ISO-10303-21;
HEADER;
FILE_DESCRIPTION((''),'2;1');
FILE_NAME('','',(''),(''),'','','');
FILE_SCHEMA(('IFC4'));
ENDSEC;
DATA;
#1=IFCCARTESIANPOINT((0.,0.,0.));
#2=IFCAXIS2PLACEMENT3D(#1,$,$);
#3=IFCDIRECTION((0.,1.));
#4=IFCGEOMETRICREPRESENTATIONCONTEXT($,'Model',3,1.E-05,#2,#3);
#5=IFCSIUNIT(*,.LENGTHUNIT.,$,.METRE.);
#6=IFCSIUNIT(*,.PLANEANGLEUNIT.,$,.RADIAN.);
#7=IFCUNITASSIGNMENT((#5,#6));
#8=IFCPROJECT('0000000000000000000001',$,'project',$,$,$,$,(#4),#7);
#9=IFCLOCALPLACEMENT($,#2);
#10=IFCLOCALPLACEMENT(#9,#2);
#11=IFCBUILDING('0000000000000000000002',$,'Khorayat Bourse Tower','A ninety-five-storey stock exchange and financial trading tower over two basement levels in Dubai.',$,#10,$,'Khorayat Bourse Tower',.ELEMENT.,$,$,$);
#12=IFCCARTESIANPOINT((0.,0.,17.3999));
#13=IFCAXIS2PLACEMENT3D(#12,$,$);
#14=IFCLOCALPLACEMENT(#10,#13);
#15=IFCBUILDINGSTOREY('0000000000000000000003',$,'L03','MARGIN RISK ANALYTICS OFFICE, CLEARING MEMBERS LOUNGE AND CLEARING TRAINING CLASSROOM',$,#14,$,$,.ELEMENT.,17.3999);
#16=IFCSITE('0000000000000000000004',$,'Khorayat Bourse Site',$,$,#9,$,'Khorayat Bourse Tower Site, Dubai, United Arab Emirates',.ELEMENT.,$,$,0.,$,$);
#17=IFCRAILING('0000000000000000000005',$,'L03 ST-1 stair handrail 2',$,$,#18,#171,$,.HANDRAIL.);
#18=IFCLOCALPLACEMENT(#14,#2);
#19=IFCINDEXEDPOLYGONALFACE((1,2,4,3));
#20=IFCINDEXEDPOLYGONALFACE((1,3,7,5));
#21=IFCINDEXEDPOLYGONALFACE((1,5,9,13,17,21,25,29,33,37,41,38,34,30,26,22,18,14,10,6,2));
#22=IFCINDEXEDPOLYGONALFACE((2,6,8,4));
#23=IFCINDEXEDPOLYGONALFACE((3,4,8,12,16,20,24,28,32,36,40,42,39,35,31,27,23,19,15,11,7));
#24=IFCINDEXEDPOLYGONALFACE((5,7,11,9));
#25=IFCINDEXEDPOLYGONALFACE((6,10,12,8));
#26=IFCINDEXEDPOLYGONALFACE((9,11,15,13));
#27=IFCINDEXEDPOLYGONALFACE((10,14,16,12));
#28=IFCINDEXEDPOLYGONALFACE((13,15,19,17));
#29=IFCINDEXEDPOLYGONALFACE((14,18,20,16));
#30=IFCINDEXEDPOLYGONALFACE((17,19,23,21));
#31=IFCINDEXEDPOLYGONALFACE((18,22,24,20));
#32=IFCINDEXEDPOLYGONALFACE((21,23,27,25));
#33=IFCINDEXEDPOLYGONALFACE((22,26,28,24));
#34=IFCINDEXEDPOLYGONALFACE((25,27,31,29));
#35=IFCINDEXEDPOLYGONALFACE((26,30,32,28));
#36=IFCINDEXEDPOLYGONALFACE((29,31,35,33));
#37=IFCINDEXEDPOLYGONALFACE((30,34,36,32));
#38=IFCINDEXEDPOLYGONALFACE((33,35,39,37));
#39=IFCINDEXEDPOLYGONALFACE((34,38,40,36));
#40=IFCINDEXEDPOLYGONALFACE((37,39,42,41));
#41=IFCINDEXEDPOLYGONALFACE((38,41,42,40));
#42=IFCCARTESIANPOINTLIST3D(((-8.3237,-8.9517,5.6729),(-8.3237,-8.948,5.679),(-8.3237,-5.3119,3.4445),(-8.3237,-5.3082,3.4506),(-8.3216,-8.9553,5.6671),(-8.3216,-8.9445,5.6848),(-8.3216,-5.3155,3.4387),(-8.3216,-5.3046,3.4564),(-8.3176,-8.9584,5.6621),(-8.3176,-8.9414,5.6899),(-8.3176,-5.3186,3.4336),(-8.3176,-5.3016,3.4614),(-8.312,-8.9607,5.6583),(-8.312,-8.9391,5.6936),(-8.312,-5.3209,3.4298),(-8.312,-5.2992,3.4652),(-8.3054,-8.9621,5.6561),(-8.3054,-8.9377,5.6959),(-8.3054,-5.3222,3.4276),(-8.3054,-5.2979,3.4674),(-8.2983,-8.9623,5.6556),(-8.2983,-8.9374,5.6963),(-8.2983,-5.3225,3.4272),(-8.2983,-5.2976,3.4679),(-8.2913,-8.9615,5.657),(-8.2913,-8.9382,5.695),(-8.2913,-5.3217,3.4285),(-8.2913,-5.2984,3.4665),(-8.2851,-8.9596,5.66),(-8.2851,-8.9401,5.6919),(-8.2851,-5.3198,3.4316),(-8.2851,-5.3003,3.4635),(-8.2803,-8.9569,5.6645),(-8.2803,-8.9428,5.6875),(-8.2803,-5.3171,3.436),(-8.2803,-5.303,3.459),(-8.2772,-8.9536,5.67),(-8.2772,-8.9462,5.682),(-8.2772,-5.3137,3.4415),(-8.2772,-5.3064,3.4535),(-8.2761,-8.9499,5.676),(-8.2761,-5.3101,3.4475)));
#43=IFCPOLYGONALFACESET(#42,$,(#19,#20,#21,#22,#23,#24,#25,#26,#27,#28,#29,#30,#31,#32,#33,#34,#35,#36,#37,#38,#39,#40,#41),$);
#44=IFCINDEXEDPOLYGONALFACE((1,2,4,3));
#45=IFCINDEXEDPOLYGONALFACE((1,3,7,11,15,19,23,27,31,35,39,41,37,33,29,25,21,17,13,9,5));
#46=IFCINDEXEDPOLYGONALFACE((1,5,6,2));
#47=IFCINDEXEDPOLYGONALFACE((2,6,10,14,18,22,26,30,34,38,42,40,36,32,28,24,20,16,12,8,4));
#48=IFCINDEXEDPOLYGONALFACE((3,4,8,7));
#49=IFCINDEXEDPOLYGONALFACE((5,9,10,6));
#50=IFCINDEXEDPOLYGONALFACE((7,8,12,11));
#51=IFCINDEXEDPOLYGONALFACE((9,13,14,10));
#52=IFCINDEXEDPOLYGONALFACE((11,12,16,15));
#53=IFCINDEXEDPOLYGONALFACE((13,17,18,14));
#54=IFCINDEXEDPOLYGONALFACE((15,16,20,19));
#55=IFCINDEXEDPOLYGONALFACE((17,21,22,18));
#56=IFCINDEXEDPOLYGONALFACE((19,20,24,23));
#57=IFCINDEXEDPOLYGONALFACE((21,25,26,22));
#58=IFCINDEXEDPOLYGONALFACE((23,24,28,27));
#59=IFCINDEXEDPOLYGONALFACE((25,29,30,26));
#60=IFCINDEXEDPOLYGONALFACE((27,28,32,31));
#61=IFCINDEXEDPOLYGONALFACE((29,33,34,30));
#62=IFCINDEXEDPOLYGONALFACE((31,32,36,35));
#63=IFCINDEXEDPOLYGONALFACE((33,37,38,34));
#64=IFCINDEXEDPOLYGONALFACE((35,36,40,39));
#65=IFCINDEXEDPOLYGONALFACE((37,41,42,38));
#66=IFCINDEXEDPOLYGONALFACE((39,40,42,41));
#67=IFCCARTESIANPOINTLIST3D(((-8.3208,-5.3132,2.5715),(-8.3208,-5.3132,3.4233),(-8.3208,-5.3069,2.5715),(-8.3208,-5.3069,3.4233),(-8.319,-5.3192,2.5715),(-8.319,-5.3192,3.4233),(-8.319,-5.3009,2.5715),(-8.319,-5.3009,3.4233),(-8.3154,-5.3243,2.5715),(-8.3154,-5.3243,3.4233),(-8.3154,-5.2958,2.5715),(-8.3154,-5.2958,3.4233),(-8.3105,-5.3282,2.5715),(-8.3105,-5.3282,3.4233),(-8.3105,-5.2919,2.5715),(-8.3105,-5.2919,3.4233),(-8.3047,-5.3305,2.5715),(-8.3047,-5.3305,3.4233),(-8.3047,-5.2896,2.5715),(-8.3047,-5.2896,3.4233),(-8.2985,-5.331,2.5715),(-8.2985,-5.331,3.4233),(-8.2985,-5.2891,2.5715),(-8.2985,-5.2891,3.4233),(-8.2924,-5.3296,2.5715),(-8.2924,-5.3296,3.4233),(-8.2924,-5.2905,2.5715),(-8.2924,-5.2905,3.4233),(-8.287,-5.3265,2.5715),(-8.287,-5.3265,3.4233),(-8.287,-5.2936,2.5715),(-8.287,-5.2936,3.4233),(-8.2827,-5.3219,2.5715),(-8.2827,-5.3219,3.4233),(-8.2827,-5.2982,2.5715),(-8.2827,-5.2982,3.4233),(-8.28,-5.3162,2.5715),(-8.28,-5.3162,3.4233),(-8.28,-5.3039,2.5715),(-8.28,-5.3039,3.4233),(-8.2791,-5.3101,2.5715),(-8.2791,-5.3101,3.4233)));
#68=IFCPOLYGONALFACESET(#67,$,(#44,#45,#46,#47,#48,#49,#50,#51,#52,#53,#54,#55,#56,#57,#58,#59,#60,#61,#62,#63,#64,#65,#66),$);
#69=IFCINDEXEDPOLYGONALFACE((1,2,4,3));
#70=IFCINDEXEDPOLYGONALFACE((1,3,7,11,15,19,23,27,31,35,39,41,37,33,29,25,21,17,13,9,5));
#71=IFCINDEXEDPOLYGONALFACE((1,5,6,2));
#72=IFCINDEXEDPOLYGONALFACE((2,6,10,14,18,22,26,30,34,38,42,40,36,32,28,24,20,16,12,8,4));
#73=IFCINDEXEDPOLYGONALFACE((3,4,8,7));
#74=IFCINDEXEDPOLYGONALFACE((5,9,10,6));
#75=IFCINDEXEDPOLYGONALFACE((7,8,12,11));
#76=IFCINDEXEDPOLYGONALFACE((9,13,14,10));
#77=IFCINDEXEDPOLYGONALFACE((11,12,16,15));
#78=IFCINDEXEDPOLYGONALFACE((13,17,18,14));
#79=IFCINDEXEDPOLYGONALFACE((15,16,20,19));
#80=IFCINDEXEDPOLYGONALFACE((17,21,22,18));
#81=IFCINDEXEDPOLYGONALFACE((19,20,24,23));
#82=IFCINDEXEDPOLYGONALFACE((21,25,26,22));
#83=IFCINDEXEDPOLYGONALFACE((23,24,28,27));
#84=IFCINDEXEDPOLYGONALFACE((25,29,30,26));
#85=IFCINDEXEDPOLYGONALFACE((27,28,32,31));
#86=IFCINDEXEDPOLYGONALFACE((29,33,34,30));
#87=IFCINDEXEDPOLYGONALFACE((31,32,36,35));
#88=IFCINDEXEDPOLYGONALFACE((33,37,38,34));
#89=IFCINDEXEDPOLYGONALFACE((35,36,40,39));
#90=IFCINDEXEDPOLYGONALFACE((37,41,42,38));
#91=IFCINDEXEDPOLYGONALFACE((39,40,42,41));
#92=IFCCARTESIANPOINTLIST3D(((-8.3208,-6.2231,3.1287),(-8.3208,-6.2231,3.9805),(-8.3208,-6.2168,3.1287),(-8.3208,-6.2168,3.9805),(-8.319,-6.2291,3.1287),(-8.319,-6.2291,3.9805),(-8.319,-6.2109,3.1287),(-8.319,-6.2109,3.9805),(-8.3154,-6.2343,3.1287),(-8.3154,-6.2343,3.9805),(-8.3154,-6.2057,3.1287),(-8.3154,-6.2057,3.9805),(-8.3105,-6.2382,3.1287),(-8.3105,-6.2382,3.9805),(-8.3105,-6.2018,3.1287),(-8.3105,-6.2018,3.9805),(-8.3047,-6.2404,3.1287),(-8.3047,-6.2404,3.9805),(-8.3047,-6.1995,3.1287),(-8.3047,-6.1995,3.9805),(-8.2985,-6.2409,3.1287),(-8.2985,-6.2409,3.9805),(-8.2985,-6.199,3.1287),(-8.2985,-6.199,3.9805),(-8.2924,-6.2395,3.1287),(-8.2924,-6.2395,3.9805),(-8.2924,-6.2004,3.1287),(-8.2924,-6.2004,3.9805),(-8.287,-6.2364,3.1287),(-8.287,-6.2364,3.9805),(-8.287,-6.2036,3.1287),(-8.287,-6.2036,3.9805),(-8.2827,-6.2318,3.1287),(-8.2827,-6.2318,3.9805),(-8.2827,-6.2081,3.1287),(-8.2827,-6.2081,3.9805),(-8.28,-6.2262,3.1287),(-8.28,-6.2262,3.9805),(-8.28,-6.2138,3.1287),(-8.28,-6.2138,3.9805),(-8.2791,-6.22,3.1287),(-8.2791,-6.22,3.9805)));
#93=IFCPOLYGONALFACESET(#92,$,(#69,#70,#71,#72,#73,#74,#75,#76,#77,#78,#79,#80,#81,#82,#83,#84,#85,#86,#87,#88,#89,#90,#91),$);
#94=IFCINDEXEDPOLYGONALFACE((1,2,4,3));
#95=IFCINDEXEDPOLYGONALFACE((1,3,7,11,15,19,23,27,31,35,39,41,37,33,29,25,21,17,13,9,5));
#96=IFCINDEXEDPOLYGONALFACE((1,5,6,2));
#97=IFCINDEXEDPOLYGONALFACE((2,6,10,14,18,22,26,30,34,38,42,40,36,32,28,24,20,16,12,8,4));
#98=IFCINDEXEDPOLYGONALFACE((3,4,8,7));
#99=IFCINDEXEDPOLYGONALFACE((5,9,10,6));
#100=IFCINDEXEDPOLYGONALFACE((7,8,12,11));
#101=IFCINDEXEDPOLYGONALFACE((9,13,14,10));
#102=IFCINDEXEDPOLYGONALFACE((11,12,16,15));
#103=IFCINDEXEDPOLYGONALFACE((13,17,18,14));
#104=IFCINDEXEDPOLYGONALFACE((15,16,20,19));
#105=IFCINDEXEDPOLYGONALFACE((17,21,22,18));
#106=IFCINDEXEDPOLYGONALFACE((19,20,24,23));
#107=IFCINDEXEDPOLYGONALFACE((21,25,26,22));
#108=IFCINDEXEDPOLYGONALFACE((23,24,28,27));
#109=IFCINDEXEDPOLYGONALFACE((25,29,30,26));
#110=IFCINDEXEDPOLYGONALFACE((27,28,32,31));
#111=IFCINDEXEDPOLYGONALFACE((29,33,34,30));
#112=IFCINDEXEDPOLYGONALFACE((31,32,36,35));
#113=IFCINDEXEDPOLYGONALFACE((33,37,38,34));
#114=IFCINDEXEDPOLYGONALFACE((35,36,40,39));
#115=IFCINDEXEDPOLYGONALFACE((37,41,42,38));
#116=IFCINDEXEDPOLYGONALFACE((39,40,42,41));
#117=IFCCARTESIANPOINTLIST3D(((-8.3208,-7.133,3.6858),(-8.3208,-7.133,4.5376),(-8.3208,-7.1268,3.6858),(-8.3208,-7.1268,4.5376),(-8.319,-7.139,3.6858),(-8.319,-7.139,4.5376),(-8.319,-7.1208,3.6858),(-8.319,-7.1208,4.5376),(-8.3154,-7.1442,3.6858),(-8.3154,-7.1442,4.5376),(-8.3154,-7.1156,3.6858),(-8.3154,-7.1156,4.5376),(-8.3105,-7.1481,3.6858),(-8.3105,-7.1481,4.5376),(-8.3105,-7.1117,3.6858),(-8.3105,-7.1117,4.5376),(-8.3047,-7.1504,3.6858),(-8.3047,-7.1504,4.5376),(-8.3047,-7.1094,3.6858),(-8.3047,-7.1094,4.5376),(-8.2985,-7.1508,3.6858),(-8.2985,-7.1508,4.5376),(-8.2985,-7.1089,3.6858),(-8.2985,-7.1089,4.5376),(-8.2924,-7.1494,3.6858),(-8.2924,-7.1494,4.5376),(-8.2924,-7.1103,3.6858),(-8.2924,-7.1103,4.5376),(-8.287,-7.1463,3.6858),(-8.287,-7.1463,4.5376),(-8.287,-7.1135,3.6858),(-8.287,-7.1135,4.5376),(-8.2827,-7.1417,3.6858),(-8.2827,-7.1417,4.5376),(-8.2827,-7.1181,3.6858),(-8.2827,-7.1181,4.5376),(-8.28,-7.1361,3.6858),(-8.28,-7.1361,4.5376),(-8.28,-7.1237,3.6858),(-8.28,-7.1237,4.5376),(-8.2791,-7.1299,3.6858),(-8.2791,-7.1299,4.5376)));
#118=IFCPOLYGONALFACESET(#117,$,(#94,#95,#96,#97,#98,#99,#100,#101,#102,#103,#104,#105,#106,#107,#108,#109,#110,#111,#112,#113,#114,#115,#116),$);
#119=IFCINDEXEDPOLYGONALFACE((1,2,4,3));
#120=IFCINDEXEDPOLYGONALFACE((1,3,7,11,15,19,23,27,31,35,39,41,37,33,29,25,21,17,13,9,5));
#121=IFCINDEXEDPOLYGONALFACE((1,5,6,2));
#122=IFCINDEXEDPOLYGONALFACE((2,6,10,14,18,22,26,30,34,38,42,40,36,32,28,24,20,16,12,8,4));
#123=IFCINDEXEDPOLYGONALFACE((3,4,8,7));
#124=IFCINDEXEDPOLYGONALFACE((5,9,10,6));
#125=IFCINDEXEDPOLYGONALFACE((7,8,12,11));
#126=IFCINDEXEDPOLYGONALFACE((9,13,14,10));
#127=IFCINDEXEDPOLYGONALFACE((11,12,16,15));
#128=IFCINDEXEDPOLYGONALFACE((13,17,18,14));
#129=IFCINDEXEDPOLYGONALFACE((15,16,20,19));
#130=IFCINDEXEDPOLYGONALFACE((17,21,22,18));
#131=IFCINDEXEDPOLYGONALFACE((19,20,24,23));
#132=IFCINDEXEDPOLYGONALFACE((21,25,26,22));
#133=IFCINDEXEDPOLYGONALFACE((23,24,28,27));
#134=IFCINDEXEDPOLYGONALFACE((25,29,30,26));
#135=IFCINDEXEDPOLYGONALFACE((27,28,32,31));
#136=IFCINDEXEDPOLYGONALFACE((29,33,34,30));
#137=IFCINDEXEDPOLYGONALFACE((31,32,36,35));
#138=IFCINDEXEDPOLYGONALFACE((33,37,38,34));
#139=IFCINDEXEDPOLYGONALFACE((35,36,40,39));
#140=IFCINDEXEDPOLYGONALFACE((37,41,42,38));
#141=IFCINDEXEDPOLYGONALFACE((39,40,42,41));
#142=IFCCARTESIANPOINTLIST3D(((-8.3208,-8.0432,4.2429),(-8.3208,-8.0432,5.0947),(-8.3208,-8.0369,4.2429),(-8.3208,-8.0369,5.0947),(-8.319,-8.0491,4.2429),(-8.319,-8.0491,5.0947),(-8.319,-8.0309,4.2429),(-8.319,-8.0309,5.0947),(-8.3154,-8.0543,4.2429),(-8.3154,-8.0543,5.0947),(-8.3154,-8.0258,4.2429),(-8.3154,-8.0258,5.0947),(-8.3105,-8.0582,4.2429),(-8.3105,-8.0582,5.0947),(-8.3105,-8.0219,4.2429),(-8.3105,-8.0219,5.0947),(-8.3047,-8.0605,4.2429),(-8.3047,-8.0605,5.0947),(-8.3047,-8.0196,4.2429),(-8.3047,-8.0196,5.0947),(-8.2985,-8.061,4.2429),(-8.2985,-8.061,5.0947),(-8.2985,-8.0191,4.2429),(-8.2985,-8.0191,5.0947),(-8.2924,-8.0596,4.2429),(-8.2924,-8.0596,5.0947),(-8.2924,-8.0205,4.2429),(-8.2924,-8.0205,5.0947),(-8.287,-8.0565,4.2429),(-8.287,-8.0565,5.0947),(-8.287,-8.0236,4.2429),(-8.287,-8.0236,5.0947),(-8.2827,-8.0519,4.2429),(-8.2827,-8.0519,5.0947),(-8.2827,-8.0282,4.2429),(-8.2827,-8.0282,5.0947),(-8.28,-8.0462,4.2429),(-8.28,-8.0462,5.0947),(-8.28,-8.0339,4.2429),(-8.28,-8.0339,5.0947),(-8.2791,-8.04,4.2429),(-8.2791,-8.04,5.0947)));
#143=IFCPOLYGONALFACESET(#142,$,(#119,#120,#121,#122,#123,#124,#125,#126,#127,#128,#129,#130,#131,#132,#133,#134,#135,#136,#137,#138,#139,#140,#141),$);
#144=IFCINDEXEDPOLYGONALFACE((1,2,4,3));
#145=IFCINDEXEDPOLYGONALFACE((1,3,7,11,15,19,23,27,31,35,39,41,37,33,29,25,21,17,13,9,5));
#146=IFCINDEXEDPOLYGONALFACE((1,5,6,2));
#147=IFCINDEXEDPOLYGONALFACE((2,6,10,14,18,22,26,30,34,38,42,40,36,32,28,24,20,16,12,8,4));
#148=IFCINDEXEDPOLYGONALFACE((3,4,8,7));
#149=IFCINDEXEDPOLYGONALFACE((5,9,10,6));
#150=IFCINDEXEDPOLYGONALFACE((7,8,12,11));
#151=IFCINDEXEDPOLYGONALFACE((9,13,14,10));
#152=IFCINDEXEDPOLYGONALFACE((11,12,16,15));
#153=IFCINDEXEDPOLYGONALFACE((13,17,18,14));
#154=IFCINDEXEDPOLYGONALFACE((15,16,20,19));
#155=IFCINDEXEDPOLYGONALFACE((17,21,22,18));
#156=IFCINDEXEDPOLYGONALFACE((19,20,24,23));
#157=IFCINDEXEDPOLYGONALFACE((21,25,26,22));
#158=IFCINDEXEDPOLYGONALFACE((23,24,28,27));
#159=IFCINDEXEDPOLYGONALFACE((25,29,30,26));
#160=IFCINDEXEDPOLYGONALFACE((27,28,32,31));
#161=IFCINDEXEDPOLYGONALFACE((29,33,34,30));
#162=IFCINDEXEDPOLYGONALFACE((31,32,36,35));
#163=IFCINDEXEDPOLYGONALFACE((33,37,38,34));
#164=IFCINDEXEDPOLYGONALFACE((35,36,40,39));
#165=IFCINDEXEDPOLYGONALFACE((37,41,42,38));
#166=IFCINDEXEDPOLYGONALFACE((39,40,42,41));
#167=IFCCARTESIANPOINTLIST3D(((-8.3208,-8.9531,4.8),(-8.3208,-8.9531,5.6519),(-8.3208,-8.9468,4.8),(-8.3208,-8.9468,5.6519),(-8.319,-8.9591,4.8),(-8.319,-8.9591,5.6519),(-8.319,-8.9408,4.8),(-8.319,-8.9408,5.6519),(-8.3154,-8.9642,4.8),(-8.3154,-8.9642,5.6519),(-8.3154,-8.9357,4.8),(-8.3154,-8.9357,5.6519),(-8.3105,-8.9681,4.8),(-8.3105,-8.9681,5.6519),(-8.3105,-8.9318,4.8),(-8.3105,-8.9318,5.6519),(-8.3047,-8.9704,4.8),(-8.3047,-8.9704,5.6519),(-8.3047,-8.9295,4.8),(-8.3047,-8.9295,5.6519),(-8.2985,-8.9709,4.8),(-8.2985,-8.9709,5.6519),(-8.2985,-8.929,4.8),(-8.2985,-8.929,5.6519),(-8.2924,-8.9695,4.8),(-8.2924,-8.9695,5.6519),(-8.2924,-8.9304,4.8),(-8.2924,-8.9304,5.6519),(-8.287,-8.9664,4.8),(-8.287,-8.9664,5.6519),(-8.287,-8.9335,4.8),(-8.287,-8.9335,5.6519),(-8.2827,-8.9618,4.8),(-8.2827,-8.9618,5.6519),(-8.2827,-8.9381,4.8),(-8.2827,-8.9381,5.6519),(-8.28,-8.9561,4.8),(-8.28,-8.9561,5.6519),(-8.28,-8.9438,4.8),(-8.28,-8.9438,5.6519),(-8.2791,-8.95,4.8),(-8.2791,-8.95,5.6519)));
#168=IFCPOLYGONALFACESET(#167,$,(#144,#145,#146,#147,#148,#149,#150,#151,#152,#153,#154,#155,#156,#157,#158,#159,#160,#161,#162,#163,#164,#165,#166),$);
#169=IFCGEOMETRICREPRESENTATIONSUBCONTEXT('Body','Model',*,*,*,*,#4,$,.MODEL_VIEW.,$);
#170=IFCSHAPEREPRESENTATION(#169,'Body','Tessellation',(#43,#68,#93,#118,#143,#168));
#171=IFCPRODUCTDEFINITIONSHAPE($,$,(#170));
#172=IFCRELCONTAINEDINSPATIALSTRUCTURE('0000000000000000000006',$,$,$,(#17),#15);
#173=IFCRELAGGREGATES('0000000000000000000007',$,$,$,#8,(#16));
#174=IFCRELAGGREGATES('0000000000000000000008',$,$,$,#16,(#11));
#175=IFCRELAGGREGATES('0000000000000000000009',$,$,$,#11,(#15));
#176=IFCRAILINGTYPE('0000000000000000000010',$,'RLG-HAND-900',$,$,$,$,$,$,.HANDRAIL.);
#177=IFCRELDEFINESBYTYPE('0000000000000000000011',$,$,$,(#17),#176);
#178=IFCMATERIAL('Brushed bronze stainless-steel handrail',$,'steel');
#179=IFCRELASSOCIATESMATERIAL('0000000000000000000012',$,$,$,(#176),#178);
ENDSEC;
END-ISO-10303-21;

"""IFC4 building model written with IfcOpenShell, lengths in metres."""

from ifc_helpers import new_model, si_unit, direction, frame, origin, origin_2d, place, context, subcontext, project, spatial, circle, extrude, source, transform, mapped, material, type_object, element, save


model = new_model("IFC4")

# Units and contexts
model_context = context("Model", 3, precision=1e-05, world=origin(), true_north=direction((0.0, 1.0)))
body_context = subcontext(model_context, "Body", "Model", "MODEL_VIEW")
ifc_project = project(units=[si_unit("LENGTHUNIT", "METRE"), si_unit("PLANEANGLEUNIT", "RADIAN")], contexts=[model_context])

# Site, building, storey
site_placement = place(None, origin())
site = spatial("IfcSite", under=ifc_project, at=site_placement, Name="Khorayat Bourse Site", LongName="Khorayat Bourse Tower Site, Dubai, United Arab Emirates", CompositionType="ELEMENT", RefElevation=0.0)
building_placement = place(site_placement, origin())
building = spatial("IfcBuilding", under=site, at=building_placement, Name="Khorayat Bourse Tower", Description="A ninety-five-storey stock exchange and financial trading tower over two basement levels in Dubai.", LongName="Khorayat Bourse Tower", CompositionType="ELEMENT")
storey_placement = place(building_placement, frame((0.0, 0.0, 17.3999)))
storey = spatial("IfcBuildingStorey", under=building, at=storey_placement, Name="L03", Description="MARGIN RISK ANALYTICS OFFICE, CLEARING MEMBERS LOUNGE AND CLEARING TRAINING CLASSROOM", CompositionType="ELEMENT", Elevation=17.3999)

# Railing
ifc_material_1 = material(Name="Brushed bronze stainless-steel handrail", Category="steel")
railing_type_1 = type_object("IfcRailingType", Name="RLG-HAND-900", PredefinedType="HANDRAIL", material=ifc_material_1)
shared_shape_1 = source(origin(), body_context, "Body", "SweptSolid", [
    extrude(circle(Radius=0.0239, at=origin_2d()), frame((0.0, 0.0, 0.876), z_axis=(0.0, -0.85285, 0.522156), x_axis=(1.0, 0.0, 0.0)), (0.0, 0.0, 1.0), 4.2678),
    extrude(circle(Radius=0.021, at=origin_2d()), origin(), (0.0, 0.0, 1.0), 0.8518),
    extrude(circle(Radius=0.021, at=origin_2d()), frame((0.0, -0.9099, 0.5571)), (0.0, 0.0, 1.0), 0.8518),
    extrude(circle(Radius=0.021, at=origin_2d()), frame((0.0, -1.8198, 1.1143)), (0.0, 0.0, 1.0), 0.8518),
    extrude(circle(Radius=0.021, at=origin_2d()), frame((0.0, -2.73, 1.6714)), (0.0, 0.0, 1.0), 0.8518),
    extrude(circle(Radius=0.021, at=origin_2d()), frame((0.0, -3.6399, 2.2285)), (0.0, 0.0, 1.0), 0.8518),
])
railing_1_placement = place(storey_placement, frame((-8.3, -5.3101, 2.5715)))
element("IfcRailing", 1, at=railing_1_placement, inside=storey, type_object=railing_type_1, Name="L03 ST-1 stair handrail 2", PredefinedType="HANDRAIL", context=body_context, shape_type="MappedRepresentation", body=[
    mapped(shared_shape_1, transform((0.0, 0.0, 0.0), scale=1.0)),
])

save(model, "model.ifc")
